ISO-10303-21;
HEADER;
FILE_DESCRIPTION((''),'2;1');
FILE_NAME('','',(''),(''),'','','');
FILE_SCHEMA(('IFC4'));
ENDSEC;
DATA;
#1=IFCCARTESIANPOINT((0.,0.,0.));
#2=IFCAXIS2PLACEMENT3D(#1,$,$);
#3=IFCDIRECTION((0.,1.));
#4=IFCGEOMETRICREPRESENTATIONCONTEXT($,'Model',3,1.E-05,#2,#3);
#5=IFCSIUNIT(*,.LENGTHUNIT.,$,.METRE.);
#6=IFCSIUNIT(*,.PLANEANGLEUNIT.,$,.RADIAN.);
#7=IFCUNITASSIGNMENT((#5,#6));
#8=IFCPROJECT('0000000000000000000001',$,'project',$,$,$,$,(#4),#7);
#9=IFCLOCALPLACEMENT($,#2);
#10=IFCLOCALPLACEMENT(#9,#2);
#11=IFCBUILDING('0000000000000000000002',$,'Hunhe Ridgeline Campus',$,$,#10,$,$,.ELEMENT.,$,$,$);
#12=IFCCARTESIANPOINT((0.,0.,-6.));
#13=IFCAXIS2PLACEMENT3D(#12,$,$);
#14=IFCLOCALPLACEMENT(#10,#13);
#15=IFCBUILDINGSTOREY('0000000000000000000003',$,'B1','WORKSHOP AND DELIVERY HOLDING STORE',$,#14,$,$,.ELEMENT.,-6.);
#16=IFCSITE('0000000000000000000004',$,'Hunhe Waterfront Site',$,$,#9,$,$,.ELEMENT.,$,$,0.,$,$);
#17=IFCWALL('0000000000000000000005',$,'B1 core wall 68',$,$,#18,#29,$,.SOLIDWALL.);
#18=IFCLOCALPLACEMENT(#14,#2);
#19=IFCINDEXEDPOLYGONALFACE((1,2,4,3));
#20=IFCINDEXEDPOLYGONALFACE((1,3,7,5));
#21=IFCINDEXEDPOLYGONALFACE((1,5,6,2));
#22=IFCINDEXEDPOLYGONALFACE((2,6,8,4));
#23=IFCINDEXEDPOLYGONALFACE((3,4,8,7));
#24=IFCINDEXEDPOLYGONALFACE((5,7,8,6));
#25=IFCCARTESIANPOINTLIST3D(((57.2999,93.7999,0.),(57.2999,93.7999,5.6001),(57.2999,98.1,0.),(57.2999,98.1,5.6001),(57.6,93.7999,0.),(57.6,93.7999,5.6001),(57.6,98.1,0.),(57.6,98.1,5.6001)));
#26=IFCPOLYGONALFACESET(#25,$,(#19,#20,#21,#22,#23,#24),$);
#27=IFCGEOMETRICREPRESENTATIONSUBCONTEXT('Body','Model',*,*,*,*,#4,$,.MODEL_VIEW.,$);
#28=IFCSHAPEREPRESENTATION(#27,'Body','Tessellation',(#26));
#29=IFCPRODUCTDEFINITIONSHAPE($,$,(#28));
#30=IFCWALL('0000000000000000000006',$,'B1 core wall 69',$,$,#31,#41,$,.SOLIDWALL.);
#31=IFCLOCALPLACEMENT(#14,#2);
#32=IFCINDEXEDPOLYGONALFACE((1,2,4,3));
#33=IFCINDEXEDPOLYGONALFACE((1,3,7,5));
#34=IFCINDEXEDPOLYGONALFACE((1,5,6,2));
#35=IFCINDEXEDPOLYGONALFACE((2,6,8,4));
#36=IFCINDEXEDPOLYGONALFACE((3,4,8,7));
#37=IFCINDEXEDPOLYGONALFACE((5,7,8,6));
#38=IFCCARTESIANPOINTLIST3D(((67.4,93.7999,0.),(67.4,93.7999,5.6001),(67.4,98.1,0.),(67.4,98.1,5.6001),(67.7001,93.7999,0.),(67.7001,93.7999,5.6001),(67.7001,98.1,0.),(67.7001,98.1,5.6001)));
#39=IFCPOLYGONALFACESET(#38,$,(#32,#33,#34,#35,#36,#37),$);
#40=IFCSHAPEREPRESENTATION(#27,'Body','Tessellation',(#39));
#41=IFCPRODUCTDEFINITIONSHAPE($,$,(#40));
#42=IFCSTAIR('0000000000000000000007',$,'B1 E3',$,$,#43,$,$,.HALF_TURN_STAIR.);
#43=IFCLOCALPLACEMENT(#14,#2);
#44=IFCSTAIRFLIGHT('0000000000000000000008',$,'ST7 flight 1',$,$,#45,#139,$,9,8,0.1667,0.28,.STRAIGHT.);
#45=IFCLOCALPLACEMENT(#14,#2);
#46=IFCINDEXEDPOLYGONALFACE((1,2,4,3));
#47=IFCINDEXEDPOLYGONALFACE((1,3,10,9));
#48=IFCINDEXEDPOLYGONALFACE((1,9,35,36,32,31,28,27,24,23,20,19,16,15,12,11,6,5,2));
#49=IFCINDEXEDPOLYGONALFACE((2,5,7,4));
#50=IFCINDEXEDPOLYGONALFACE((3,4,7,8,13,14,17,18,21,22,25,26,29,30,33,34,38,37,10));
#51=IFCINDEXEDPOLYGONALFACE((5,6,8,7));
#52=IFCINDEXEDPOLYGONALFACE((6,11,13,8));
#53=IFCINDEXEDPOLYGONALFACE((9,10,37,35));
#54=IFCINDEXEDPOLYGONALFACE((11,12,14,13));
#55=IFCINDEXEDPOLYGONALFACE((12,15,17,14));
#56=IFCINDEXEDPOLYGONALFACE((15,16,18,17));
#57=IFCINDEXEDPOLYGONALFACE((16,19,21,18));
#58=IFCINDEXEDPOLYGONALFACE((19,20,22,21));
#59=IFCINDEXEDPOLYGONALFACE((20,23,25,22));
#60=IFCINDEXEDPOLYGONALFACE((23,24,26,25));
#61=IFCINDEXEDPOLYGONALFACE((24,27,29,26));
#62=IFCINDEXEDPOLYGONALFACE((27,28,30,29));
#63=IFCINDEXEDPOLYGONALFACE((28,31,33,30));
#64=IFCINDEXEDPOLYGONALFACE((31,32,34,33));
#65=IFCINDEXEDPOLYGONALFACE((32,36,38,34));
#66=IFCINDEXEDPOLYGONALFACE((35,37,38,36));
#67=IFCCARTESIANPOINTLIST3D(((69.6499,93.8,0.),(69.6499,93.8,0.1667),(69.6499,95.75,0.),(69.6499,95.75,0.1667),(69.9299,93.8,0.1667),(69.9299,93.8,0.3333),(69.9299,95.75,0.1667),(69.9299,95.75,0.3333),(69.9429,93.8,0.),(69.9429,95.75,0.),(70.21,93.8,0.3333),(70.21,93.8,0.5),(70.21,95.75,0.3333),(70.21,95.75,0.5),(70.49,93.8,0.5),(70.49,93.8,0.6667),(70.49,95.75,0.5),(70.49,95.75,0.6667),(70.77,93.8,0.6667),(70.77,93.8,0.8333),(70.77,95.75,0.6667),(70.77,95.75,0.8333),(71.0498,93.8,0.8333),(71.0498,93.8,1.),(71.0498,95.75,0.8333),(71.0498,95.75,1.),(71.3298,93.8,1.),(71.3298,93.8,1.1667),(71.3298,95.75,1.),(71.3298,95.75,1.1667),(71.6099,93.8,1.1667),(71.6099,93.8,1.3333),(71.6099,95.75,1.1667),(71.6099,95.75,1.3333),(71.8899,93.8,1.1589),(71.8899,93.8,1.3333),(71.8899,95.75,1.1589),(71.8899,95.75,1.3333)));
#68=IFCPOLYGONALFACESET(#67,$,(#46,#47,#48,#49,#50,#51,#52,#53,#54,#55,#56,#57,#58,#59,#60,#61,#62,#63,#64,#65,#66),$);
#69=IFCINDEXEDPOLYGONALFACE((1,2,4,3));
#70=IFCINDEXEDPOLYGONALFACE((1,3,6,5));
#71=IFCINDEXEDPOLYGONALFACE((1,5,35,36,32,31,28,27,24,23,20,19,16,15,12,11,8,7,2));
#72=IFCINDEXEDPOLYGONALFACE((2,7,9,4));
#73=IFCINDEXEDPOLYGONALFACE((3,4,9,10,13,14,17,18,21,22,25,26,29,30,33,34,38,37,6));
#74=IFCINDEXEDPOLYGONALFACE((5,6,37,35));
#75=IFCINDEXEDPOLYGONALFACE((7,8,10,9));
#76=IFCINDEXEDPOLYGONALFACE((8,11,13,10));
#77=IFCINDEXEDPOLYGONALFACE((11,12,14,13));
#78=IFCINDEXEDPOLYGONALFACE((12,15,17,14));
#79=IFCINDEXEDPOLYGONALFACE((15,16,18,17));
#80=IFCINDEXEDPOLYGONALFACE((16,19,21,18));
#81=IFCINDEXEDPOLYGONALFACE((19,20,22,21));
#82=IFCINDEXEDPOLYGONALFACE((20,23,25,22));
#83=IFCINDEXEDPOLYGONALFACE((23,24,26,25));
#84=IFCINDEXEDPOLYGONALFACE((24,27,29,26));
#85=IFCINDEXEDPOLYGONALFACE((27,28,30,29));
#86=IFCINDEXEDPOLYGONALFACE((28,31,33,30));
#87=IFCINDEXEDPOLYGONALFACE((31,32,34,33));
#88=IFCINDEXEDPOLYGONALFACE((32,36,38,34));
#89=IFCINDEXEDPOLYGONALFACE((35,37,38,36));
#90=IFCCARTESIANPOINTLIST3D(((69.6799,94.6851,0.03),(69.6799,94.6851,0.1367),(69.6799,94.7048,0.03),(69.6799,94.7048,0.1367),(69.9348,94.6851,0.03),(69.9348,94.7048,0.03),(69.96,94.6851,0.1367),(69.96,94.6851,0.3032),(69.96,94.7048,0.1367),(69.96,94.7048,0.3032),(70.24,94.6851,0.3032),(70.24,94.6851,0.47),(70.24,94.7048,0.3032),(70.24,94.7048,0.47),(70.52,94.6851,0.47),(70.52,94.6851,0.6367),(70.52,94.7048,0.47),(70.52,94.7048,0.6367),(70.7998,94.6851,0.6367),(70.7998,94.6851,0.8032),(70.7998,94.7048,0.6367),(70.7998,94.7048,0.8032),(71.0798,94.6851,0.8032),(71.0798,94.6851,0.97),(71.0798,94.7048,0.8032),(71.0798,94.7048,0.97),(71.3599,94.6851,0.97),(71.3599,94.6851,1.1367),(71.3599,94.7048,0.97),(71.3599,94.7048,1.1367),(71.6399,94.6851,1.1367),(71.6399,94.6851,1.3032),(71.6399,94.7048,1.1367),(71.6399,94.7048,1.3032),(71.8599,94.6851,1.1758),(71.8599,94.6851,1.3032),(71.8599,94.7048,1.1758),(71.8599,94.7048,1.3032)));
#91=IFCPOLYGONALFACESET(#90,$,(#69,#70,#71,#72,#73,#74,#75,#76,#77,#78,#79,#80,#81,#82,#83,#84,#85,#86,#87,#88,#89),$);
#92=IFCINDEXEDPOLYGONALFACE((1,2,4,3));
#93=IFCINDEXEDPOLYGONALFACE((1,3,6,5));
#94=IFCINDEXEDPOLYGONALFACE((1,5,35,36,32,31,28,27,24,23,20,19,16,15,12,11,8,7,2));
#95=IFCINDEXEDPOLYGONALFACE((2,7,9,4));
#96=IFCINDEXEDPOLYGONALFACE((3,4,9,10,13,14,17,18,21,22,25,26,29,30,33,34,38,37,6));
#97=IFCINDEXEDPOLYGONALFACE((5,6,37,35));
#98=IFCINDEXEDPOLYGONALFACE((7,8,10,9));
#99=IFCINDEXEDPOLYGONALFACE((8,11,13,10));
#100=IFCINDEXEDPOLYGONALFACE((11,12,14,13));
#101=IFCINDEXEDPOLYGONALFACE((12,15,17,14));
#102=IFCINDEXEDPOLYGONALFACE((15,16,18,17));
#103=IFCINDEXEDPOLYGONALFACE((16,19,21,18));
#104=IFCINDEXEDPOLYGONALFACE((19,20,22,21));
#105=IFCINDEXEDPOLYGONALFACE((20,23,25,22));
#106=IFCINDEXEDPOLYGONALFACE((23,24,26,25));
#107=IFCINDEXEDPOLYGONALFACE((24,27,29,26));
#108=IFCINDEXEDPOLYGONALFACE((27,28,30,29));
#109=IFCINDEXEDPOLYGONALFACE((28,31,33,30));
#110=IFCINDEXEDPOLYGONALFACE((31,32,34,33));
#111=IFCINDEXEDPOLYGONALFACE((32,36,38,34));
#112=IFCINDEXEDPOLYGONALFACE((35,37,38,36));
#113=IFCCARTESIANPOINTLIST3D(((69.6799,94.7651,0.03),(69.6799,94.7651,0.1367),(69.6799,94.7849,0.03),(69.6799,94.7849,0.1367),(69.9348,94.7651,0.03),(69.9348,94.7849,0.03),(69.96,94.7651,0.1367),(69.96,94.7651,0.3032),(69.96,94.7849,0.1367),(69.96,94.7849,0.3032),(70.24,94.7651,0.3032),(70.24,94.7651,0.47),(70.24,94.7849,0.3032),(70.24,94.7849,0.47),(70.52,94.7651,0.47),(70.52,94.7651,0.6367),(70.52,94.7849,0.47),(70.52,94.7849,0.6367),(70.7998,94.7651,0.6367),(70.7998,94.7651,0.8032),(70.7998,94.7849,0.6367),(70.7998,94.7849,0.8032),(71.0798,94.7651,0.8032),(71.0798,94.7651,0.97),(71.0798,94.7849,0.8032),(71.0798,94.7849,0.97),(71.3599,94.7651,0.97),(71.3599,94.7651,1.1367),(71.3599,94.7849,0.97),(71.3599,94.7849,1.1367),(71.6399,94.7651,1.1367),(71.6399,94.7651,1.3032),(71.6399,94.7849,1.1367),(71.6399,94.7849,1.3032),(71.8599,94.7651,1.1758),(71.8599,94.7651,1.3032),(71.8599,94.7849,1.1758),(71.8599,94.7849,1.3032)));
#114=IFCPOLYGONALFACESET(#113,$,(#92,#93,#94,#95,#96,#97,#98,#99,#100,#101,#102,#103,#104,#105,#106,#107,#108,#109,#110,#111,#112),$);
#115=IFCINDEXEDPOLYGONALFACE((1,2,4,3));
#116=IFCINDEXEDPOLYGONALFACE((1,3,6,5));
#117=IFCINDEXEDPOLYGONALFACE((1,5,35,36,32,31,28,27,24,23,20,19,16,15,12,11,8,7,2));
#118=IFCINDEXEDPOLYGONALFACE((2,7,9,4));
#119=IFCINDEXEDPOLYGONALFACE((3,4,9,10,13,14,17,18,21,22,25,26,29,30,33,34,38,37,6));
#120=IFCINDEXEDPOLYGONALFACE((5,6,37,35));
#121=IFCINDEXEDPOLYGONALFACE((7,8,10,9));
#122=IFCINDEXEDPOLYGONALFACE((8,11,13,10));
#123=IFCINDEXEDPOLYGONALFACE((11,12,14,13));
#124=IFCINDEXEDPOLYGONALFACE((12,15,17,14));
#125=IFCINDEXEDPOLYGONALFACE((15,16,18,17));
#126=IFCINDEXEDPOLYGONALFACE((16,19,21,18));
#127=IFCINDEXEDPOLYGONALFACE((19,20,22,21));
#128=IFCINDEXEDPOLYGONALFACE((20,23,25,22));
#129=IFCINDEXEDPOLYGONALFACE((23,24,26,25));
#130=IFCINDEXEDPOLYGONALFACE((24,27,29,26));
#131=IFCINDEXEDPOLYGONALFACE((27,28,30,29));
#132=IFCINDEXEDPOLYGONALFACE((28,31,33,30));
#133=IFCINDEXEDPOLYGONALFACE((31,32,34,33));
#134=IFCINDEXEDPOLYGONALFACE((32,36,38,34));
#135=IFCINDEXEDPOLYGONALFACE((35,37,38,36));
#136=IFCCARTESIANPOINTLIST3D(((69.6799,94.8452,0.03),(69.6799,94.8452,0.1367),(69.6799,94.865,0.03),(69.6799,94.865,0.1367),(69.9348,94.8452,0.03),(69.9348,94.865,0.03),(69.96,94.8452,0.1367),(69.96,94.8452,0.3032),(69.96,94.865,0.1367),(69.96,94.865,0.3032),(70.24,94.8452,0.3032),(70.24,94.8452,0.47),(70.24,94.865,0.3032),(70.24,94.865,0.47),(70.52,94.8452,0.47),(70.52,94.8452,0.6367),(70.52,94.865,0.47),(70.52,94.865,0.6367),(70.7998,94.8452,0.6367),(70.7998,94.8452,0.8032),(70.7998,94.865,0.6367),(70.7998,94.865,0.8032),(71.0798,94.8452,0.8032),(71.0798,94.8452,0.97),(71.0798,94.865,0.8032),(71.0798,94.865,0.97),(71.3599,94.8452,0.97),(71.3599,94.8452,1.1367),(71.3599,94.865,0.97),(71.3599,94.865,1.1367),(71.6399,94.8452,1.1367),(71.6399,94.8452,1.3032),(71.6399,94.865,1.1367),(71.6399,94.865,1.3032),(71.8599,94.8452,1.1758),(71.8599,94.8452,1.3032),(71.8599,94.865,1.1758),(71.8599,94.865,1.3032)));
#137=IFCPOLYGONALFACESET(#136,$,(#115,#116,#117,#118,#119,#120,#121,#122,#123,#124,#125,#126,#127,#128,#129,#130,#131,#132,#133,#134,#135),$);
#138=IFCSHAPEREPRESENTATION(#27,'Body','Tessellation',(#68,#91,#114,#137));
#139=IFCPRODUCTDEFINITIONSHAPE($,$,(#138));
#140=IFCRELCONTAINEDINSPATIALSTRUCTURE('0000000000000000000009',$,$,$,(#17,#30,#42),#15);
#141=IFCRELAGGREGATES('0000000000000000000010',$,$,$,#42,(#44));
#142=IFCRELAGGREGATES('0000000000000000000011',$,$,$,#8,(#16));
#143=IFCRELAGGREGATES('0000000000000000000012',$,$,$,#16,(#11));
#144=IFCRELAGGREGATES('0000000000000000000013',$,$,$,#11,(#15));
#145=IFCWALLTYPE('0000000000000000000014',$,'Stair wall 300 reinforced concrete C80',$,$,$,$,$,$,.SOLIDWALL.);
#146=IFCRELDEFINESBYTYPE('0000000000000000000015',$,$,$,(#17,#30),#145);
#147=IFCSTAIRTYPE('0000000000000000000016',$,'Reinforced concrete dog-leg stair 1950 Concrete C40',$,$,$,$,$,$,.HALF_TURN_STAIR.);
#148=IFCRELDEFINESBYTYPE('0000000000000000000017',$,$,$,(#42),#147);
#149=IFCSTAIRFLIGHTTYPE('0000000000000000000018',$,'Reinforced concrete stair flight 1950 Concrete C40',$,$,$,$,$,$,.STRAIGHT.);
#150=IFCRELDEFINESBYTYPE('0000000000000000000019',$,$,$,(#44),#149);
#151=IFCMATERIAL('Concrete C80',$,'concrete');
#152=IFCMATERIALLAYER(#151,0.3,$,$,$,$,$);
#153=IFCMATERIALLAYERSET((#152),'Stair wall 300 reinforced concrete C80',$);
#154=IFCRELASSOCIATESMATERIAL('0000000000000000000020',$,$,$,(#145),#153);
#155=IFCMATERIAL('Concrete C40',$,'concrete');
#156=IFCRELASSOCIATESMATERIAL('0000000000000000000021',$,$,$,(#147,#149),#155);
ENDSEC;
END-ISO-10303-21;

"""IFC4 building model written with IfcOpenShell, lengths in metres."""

from ifc_helpers import new_model, si_unit, direction, frame, frame_2d, origin, place, context, subcontext, project, spatial, polyline, rectangle, outline, extrude, material, layer, layer_set, type_object, element, aggregate, save


model = new_model("IFC4")

# Units and contexts
model_context = context("Model", 3, precision=1e-05, world=origin(), true_north=direction((0.0, 1.0)))
body_context = subcontext(model_context, "Body", "Model", "MODEL_VIEW")
ifc_project = project(units=[si_unit("LENGTHUNIT", "METRE"), si_unit("PLANEANGLEUNIT", "RADIAN")], contexts=[model_context])

# Site, building, storey
site_placement = place(None, origin())
site = spatial("IfcSite", under=ifc_project, at=site_placement, Name="Hunhe Waterfront Site", CompositionType="ELEMENT", RefElevation=0.0)
building_placement = place(site_placement, origin())
building = spatial("IfcBuilding", under=site, at=building_placement, Name="Hunhe Ridgeline Campus", CompositionType="ELEMENT")
storey_placement = place(building_placement, frame((0.0, 0.0, -6.0)))
storey = spatial("IfcBuildingStorey", under=building, at=storey_placement, Name="B1", Description="WORKSHOP AND DELIVERY HOLDING STORE", CompositionType="ELEMENT", Elevation=-6.0)

# Shared definitions
ifc_material_1 = material(Name="Concrete C80", Category="concrete")

# Shared definitions
ifc_layer = layer(ifc_material_1, 0.3)
ifc_layer_set = layer_set([ifc_layer], Name="Stair wall 300 reinforced concrete C80")
wall_type = type_object("IfcWallType", Name="Stair wall 300 reinforced concrete C80", PredefinedType="SOLIDWALL", material=ifc_layer_set)

# Walls
for number, where, z_axis, x_axis, name in (
    (1, (57.45, 93.8, 0.0), (0.0, 0.0, 1.0), (0.0, 1.0, 0.0), "B1 core wall 68"),
    (2, (67.55, 93.8, 0.0), (0.0, 0.0, 1.0), (0.0, 1.0, 0.0), "B1 core wall 69"),
):
    element("IfcWall", number, at=place(storey_placement, frame(where, z_axis=z_axis, x_axis=x_axis)), inside=storey, type_object=wall_type, Name=name, PredefinedType="SOLIDWALL", context=body_context, shape_type="SweptSolid", body=[
        extrude(rectangle(XDim=4.3, YDim=0.3, at=frame_2d((2.1499, 0.0))), origin(), (0.0, 0.0, 1.0), 5.6001),
    ])

# Stair, stair flight
ifc_material_2 = material(Name="Concrete C40", Category="concrete")
stair_type = type_object("IfcStairType", Name="Reinforced concrete dog-leg stair 1950 Concrete C40", PredefinedType="HALF_TURN_STAIR", material=ifc_material_2)
stair_placement = place(storey_placement, origin())
stair = element("IfcStair", 3, at=stair_placement, inside=storey, type_object=stair_type, Name="B1 E3", PredefinedType="HALF_TURN_STAIR")
stair_flight_type = type_object("IfcStairFlightType", Name="Reinforced concrete stair flight 1950 Concrete C40", PredefinedType="STRAIGHT", material=ifc_material_2)
stair_flight_1_placement = place(storey_placement, frame((69.6499, 94.7749, 0.0), z_axis=(0.0, 0.0, 1.0), x_axis=(1.0, 0.0, 0.0)))
stair_flight_1 = element("IfcStairFlight", 4, at=stair_flight_1_placement, type_object=stair_flight_type, Name="ST7 flight 1", NumberOfRisers=9, NumberOfTreads=8, PredefinedType="STRAIGHT", RiserHeight=0.1667, TreadLength=0.28, context=body_context, shape_type="SweptSolid", body=[
    extrude(outline(polyline([(0.0, 0.0), (0.0, 0.1667), (0.28, 0.1667), (0.28, 0.3333), (0.5601, 0.3333), (0.5601, 0.5), (0.8401, 0.5), (0.8401, 0.6667), (1.1201, 0.6667), (1.1201, 0.8333), (1.3999, 0.8333), (1.3999, 1.0), (1.6799, 1.0), (1.6799, 1.1667), (1.96, 1.1667), (1.96, 1.3333), (2.24, 1.3333), (2.24, 1.5), (2.24, 1.1589), (0.293, 0.0), (0.0, 0.0)])), frame((0.0, 0.9751, 0.0), z_axis=(0.0, -1.0, 0.0), x_axis=(1.0, 0.0, 0.0)), (0.0, 0.0, 1.0), 1.95),
    extrude(outline(polyline([(0.03, 0.03), (0.03, 0.1367), (0.3101, 0.1367), (0.3101, 0.3032), (0.5901, 0.3032), (0.5901, 0.47), (0.8701, 0.47), (0.8701, 0.6367), (1.1499, 0.6367), (1.1499, 0.8032), (1.4299, 0.8032), (1.4299, 0.97), (1.71, 0.97), (1.71, 1.1367), (1.99, 1.1367), (1.99, 1.3032), (2.21, 1.3032), (2.21, 1.1758), (0.2849, 0.03), (0.03, 0.03)])), frame((0.0, -0.0701, 0.0), z_axis=(0.0, -1.0, 0.0), x_axis=(1.0, 0.0, 0.0)), (0.0, 0.0, 1.0), 0.0198),
    extrude(outline(polyline([(0.03, 0.03), (0.03, 0.1367), (0.3101, 0.1367), (0.3101, 0.3032), (0.5901, 0.3032), (0.5901, 0.47), (0.8701, 0.47), (0.8701, 0.6367), (1.1499, 0.6367), (1.1499, 0.8032), (1.4299, 0.8032), (1.4299, 0.97), (1.71, 0.97), (1.71, 1.1367), (1.99, 1.1367), (1.99, 1.3032), (2.21, 1.3032), (2.21, 1.1758), (0.2849, 0.03), (0.03, 0.03)])), frame((0.0, 0.01, 0.0), z_axis=(0.0, -1.0, 0.0), x_axis=(1.0, 0.0, 0.0)), (0.0, 0.0, 1.0), 0.0198),
    extrude(outline(polyline([(0.03, 0.03), (0.03, 0.1367), (0.3101, 0.1367), (0.3101, 0.3032), (0.5901, 0.3032), (0.5901, 0.47), (0.8701, 0.47), (0.8701, 0.6367), (1.1499, 0.6367), (1.1499, 0.8032), (1.4299, 0.8032), (1.4299, 0.97), (1.71, 0.97), (1.71, 1.1367), (1.99, 1.1367), (1.99, 1.3032), (2.21, 1.3032), (2.21, 1.1758), (0.2849, 0.03), (0.03, 0.03)])), frame((0.0, 0.0901, 0.0), z_axis=(0.0, -1.0, 0.0), x_axis=(1.0, 0.0, 0.0)), (0.0, 0.0, 1.0), 0.0198),
])
aggregate(stair, [stair_flight_1])

save(model, "model.ifc")
